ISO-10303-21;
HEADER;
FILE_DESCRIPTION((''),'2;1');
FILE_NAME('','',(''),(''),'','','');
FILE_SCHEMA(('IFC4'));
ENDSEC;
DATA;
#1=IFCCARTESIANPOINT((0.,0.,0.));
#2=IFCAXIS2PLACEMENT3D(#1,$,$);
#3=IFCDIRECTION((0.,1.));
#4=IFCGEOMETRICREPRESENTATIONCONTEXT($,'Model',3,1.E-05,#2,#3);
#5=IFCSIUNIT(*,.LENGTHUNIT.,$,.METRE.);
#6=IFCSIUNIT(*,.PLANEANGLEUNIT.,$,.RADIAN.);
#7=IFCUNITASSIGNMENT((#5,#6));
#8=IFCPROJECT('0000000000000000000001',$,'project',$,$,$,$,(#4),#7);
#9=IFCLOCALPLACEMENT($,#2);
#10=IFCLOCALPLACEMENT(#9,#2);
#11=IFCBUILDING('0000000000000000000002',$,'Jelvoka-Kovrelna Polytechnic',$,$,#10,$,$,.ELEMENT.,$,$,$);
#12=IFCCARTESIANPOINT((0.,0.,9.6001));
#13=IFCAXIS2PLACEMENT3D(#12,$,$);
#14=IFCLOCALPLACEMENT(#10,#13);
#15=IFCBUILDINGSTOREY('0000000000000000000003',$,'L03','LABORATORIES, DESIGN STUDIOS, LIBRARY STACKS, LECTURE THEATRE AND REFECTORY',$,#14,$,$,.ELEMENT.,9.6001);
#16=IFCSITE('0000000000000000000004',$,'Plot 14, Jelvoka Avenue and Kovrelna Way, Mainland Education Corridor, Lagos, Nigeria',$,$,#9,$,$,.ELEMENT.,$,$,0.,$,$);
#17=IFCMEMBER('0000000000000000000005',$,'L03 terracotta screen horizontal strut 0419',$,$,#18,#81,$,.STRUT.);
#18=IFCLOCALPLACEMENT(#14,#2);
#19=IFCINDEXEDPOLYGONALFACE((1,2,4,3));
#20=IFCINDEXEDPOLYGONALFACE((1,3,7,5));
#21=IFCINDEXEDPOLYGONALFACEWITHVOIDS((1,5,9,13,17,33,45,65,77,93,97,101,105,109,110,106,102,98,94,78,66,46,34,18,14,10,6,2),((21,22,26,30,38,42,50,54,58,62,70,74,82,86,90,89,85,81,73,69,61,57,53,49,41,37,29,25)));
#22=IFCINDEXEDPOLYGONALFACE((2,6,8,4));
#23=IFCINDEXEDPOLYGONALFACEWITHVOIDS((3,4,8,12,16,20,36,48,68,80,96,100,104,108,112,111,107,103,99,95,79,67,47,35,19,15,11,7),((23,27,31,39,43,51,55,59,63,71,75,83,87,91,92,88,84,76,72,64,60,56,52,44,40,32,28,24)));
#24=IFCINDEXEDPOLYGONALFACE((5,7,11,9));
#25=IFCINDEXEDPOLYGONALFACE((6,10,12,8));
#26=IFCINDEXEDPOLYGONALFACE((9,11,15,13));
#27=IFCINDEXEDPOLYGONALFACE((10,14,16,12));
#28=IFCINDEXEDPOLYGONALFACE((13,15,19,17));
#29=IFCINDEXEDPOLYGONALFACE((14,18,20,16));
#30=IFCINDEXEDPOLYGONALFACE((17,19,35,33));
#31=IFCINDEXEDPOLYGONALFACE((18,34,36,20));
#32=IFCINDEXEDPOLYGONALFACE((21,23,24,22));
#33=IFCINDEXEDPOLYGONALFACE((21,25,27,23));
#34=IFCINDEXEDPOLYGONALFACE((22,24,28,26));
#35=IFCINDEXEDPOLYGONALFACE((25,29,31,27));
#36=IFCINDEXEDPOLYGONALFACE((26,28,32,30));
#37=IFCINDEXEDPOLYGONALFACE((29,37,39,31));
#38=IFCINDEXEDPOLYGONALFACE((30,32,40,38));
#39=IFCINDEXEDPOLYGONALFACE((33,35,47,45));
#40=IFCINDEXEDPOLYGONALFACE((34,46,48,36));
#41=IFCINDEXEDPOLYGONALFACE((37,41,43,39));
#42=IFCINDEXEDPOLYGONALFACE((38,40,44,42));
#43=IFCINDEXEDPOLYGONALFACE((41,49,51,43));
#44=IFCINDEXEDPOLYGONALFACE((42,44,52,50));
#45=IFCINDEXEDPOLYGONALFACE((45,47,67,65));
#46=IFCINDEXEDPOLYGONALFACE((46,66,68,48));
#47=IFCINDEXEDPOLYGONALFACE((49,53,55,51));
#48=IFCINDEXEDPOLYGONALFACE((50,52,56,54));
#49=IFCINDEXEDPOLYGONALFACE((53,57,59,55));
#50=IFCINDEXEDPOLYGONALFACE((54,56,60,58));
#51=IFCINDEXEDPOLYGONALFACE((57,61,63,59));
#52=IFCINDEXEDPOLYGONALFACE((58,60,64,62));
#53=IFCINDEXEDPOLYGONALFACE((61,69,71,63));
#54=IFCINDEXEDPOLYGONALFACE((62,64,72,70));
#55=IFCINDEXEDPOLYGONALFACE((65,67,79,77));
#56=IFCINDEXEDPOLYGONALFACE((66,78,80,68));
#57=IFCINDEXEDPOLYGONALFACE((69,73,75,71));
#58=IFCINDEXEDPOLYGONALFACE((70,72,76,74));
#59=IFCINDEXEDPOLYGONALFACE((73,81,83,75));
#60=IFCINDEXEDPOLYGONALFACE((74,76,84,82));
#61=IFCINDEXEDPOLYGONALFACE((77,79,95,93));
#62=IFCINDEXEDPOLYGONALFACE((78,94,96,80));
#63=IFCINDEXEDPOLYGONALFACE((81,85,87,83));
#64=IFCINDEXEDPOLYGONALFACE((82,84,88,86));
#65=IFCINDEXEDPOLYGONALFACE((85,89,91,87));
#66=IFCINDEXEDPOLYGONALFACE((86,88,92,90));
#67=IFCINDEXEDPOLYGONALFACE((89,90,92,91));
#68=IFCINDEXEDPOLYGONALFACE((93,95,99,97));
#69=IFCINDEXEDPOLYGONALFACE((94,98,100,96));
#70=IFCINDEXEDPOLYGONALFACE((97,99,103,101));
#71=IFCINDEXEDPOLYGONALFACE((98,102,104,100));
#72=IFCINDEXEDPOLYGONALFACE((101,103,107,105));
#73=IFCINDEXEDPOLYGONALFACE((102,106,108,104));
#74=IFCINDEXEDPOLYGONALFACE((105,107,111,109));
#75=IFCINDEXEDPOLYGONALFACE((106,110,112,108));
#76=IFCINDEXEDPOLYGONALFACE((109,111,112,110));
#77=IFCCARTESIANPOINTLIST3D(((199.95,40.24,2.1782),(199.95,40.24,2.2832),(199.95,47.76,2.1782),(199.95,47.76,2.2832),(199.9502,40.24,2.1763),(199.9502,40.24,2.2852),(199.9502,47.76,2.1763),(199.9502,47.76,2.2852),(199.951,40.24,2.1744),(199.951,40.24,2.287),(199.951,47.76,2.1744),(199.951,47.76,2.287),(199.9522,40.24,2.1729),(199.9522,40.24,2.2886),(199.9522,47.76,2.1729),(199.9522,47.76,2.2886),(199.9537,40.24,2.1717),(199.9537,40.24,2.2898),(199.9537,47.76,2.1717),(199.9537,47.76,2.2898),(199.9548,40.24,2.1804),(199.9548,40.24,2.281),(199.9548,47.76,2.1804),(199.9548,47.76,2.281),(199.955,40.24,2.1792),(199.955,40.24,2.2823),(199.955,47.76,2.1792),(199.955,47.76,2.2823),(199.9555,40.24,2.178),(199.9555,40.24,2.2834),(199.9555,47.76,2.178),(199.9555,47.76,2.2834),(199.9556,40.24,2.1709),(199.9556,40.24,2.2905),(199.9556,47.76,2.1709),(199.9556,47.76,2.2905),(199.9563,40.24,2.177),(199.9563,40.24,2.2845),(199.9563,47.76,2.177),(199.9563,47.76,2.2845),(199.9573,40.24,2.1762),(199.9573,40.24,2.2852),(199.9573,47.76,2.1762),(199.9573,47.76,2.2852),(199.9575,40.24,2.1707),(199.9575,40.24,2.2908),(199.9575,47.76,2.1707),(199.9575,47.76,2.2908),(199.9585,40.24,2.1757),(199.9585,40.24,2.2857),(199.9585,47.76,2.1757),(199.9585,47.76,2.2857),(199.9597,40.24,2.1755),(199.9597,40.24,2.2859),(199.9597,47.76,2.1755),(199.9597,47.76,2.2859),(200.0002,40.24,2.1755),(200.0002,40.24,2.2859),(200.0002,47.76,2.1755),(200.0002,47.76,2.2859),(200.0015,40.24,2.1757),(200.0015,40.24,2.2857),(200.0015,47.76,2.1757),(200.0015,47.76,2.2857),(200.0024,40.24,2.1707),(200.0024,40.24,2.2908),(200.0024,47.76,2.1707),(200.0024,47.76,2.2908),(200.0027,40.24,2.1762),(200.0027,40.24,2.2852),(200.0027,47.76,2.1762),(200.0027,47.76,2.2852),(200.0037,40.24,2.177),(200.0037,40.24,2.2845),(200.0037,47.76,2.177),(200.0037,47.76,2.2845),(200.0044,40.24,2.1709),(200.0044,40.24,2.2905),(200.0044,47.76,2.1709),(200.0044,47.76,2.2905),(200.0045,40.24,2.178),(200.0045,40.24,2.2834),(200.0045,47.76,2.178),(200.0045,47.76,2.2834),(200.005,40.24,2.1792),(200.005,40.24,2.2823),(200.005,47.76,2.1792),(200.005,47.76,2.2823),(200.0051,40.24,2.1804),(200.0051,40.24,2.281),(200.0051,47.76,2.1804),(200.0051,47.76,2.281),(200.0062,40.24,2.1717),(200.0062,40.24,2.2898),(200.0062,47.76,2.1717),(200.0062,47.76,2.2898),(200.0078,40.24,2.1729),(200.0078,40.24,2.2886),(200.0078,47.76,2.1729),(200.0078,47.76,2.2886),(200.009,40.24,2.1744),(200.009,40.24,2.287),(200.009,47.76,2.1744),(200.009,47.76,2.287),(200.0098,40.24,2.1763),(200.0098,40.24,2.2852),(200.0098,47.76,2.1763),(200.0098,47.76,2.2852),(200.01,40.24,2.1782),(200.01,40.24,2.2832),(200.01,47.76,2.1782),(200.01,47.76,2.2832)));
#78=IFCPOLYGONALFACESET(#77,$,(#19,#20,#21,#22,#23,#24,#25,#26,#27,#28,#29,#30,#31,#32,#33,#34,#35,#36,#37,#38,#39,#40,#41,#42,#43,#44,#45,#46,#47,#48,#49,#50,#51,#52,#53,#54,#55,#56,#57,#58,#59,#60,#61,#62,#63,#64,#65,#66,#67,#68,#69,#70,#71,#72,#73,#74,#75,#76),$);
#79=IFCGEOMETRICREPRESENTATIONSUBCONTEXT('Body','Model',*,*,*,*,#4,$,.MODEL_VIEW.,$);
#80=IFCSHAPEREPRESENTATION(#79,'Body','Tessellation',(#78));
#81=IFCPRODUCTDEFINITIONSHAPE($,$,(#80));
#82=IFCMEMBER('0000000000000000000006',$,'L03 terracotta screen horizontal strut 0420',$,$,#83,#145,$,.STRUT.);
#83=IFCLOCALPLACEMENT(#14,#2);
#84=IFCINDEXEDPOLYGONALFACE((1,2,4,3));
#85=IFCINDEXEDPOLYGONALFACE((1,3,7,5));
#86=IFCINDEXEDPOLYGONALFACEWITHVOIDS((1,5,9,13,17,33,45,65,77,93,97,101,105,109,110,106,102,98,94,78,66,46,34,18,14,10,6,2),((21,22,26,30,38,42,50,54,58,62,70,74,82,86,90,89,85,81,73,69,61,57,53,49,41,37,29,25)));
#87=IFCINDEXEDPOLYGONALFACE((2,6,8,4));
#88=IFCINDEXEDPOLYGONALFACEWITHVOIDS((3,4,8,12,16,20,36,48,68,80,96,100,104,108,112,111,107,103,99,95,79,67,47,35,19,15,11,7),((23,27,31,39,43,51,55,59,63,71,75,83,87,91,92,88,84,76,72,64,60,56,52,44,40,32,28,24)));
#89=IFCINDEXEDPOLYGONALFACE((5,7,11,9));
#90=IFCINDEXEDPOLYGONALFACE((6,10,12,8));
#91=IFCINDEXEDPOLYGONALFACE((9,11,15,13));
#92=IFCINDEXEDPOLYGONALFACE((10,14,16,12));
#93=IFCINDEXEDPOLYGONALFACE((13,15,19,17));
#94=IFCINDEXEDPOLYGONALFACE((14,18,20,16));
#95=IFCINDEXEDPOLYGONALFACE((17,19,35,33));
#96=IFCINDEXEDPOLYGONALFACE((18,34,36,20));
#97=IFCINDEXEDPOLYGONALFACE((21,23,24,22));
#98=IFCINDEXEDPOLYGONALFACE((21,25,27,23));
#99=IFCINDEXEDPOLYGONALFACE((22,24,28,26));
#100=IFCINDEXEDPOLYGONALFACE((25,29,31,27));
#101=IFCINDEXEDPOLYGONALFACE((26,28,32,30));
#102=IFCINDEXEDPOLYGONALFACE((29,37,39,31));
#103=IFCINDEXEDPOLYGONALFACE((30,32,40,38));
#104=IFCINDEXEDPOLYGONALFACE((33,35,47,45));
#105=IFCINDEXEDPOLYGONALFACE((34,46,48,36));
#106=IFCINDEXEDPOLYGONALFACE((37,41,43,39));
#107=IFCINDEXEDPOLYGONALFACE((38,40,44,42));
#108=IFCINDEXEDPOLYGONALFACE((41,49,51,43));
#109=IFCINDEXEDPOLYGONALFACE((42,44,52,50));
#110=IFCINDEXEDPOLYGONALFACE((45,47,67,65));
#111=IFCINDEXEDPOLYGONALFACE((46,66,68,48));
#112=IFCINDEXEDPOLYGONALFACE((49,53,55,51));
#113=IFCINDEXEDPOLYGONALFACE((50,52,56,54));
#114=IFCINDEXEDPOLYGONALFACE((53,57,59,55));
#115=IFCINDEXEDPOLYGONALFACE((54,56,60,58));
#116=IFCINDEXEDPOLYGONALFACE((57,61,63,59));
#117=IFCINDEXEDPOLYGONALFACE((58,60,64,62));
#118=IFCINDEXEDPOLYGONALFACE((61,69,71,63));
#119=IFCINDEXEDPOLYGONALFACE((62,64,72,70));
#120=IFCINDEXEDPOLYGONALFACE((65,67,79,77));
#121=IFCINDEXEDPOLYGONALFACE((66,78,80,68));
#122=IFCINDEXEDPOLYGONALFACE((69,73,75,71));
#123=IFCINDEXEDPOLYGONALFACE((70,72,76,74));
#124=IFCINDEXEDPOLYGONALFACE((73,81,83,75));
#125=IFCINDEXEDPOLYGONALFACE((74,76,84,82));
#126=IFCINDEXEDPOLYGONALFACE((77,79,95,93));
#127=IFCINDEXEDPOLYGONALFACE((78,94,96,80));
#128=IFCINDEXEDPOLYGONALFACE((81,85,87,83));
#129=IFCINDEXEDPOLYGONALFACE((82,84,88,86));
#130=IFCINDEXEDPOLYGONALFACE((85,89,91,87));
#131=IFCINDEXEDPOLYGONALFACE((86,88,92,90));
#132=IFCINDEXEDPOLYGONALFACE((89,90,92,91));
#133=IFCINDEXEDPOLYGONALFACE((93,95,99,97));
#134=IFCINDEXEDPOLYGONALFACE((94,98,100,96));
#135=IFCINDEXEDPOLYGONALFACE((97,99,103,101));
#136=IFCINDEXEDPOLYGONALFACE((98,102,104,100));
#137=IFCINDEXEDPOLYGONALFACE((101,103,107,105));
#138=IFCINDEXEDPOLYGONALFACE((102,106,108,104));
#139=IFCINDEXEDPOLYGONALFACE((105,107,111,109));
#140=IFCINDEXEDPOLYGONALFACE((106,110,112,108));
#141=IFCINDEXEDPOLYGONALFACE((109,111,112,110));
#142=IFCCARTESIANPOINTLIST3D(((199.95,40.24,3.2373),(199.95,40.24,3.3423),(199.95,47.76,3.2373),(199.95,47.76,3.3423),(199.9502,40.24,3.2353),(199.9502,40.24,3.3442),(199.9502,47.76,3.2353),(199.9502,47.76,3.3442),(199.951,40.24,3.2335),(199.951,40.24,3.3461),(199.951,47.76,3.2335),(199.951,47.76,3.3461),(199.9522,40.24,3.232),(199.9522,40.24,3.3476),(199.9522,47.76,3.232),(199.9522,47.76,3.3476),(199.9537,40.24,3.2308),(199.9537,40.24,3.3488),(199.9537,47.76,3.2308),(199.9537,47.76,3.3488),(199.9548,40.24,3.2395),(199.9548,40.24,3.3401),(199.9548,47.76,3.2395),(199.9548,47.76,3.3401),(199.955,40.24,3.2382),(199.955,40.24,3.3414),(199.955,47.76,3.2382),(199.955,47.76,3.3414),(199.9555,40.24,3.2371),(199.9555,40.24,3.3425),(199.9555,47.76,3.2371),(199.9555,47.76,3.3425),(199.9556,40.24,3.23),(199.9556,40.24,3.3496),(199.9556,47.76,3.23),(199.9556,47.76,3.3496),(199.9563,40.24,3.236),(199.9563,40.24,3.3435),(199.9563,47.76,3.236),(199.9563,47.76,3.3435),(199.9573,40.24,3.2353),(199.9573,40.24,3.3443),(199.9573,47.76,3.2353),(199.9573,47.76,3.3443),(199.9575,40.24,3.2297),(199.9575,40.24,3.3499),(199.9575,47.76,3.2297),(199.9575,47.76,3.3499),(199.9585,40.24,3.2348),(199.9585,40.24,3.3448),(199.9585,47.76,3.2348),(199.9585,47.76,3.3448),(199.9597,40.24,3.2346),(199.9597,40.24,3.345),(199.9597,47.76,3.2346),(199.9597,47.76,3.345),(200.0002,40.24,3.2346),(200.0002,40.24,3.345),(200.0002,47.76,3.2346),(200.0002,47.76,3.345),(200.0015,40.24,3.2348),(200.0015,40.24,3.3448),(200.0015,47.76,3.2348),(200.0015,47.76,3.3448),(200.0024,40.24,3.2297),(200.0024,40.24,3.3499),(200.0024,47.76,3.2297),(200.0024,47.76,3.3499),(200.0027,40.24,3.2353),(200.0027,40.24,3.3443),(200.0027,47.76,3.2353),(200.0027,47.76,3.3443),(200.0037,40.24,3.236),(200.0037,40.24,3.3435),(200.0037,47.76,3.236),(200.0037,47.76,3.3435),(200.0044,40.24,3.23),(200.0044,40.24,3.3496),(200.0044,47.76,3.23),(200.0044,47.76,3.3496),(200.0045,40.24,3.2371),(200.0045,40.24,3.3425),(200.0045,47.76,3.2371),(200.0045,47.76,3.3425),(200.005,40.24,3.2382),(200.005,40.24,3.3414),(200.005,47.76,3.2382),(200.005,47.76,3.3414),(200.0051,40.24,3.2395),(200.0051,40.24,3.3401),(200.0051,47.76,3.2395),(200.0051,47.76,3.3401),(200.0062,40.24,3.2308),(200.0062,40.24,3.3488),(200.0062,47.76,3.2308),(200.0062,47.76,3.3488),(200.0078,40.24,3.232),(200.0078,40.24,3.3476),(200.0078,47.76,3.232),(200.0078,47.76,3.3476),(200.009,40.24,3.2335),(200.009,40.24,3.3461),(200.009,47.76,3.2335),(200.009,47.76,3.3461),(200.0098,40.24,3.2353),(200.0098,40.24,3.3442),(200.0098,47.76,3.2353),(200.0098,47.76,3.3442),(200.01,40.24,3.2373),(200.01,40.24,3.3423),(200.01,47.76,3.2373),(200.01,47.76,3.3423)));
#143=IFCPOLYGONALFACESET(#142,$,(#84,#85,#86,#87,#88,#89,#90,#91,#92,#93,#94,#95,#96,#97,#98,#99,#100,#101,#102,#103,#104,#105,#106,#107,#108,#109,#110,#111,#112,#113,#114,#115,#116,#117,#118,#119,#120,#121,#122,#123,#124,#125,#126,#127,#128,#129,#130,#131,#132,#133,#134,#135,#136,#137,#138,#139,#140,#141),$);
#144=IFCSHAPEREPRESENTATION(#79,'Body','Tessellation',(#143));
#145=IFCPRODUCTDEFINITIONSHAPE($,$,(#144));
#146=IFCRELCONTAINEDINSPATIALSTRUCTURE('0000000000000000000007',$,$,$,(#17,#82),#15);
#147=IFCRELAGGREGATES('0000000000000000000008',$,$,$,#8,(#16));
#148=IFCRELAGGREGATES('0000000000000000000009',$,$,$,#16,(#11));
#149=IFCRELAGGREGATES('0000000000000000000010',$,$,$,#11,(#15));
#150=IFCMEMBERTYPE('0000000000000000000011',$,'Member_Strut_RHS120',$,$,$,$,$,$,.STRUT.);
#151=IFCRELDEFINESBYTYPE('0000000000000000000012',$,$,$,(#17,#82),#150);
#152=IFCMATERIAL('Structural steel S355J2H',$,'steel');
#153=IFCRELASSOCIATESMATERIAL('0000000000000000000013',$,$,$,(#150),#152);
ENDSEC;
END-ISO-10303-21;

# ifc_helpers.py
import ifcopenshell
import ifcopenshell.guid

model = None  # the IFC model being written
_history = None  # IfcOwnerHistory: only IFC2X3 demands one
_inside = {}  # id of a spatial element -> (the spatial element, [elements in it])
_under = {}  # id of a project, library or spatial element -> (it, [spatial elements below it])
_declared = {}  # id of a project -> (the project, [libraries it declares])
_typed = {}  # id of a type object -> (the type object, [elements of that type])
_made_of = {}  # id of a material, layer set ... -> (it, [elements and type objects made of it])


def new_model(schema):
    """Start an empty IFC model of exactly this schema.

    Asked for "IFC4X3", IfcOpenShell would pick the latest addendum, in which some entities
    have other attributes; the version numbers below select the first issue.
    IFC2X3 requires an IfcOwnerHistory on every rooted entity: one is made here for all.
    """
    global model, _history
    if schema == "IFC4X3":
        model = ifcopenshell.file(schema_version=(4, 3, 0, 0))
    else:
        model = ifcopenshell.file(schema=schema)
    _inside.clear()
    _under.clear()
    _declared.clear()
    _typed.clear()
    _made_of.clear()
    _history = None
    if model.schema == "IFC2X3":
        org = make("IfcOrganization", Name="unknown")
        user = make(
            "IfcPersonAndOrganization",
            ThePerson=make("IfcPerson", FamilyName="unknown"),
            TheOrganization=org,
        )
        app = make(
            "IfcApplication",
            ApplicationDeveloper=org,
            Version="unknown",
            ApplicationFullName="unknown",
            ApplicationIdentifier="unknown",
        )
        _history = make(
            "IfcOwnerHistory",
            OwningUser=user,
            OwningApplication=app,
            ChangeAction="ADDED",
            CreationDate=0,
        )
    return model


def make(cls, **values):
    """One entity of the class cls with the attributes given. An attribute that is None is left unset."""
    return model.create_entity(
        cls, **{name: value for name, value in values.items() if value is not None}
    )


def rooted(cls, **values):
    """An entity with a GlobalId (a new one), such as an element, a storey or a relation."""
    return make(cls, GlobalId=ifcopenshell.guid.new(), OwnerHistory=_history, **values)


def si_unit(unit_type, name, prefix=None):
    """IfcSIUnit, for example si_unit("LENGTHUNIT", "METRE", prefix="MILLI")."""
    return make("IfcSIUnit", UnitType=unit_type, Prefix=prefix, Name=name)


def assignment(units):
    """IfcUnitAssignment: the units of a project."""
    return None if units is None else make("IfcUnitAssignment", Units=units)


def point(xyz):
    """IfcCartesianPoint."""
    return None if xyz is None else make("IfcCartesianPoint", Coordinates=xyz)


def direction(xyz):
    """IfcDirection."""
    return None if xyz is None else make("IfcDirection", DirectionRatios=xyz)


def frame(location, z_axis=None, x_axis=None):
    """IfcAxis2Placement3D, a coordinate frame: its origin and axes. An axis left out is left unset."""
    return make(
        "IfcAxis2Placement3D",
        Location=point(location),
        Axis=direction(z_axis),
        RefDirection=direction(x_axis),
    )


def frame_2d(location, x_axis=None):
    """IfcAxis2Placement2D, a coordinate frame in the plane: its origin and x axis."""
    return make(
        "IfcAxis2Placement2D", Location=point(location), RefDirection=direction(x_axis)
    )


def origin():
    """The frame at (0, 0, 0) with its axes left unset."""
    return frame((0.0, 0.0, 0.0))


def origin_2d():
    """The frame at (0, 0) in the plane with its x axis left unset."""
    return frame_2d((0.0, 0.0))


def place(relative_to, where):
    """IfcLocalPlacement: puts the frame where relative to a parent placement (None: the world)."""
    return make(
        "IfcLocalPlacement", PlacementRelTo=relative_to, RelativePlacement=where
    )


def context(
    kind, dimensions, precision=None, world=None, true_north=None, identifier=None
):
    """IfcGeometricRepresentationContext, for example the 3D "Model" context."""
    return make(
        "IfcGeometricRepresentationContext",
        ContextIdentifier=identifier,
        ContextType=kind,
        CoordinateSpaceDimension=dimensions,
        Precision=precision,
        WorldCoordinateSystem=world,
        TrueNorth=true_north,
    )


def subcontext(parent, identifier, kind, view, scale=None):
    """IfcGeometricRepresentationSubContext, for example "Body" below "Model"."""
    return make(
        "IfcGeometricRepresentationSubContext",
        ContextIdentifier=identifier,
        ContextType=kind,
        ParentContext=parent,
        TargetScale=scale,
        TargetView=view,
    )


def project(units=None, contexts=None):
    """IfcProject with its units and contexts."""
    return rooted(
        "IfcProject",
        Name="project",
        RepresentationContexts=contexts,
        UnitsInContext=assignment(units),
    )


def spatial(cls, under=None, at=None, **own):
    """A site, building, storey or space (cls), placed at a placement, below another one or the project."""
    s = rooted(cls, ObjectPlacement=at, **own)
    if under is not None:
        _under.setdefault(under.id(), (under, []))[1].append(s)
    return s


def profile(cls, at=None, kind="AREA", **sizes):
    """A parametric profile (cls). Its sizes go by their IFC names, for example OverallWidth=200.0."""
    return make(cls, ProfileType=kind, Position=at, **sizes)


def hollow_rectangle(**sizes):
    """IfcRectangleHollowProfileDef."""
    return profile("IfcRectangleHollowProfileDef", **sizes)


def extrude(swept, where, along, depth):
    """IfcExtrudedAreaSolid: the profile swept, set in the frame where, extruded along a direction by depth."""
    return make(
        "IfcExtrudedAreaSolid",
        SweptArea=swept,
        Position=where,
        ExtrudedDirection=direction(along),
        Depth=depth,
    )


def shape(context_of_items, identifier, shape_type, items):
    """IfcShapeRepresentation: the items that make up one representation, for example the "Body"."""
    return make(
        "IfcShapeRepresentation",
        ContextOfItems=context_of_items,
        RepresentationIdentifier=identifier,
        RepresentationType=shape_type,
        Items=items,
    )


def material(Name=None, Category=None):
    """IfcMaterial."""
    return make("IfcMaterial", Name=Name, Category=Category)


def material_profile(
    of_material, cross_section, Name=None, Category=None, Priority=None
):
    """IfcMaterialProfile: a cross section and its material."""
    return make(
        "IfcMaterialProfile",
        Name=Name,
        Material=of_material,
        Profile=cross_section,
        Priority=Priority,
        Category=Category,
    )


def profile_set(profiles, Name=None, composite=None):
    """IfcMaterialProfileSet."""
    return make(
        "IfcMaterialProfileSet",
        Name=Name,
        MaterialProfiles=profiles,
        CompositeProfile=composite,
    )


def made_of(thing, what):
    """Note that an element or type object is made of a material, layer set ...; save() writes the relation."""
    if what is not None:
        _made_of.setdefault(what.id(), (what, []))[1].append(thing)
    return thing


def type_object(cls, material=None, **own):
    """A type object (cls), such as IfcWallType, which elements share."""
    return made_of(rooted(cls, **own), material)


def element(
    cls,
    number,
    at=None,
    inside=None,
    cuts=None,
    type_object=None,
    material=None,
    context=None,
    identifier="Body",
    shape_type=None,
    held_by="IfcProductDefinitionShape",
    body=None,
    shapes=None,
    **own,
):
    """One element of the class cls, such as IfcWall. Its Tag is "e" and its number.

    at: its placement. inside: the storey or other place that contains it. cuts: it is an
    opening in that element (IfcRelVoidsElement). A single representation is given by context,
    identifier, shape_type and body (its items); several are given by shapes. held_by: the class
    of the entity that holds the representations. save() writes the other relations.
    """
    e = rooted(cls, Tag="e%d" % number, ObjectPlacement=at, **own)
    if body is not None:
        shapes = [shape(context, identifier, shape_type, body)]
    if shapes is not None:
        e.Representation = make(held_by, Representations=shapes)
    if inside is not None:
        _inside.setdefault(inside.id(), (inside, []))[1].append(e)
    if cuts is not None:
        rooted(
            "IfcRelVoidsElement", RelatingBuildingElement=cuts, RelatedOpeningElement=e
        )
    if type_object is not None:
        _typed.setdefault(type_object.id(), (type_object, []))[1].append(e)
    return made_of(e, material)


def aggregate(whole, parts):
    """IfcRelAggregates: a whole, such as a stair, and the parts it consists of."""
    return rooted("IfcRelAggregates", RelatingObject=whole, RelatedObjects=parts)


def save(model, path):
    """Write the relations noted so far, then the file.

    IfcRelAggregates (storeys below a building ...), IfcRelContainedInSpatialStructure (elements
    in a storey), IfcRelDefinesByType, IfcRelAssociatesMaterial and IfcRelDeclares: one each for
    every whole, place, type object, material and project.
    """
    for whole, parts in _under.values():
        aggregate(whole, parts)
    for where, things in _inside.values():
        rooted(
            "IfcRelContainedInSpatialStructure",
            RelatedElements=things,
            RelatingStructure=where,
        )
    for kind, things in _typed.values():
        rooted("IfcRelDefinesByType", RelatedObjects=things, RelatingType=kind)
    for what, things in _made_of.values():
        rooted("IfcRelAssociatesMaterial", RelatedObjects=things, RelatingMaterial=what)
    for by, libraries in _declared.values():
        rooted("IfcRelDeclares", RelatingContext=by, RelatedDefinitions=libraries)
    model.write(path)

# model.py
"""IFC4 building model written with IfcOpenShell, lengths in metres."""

from ifc_helpers import new_model, si_unit, direction, frame, origin, origin_2d, place, context, subcontext, project, spatial, hollow_rectangle, extrude, material, material_profile, profile_set, type_object, element, save


model = new_model("IFC4")

# Units and contexts
model_context = context("Model", 3, precision=1e-05, world=origin(), true_north=direction((0.0, 1.0)))
body_context = subcontext(model_context, "Body", "Model", "MODEL_VIEW")
ifc_project = project(units=[si_unit("LENGTHUNIT", "METRE"), si_unit("PLANEANGLEUNIT", "RADIAN")], contexts=[model_context])

# Site, building, storey
site_placement = place(None, origin())
site = spatial("IfcSite", under=ifc_project, at=site_placement, Name="Plot 14, Jelvoka Avenue and Kovrelna Way, Mainland Education Corridor, Lagos, Nigeria", CompositionType="ELEMENT", RefElevation=0.0)
building_placement = place(site_placement, origin())
building = spatial("IfcBuilding", under=site, at=building_placement, Name="Jelvoka-Kovrelna Polytechnic", CompositionType="ELEMENT")
storey_placement = place(building_placement, frame((0.0, 0.0, 9.6001)))
storey = spatial("IfcBuildingStorey", under=building, at=storey_placement, Name="L03", Description="LABORATORIES, DESIGN STUDIOS, LIBRARY STACKS, LECTURE THEATRE AND REFECTORY", CompositionType="ELEMENT", Elevation=9.6001)

# Members
ifc_material_1 = material(Name="Structural steel S355J2H", Category="steel")
ifc_material_profile_1 = material_profile(ifc_material_1, hollow_rectangle(XDim=0.0601, YDim=0.1201, WallThickness=0.0049, InnerFilletRadius=0.0049, OuterFilletRadius=0.0076, at=origin_2d()), Name="120x60x5.0 RHS")
ifc_profile_set_1 = profile_set([ifc_material_profile_1], Name="Structural steel S355J2H")
member_type_1 = type_object("IfcMemberType", Name="Member_Strut_RHS120", PredefinedType="STRUT", material=ifc_profile_set_1)
for number, where, z_axis, x_axis, name in (
    (1, (199.98, 40.24, 2.2307), (0.0, 1.0, 0.0), (-1.0, 0.0, 0.0), "L03 terracotta screen horizontal strut 0419"),
    (2, (199.98, 40.24, 3.2898), (0.0, 1.0, 0.0), (-1.0, 0.0, 0.0), "L03 terracotta screen horizontal strut 0420"),
):
    element("IfcMember", number, at=place(storey_placement, frame(where, z_axis=z_axis, x_axis=x_axis)), inside=storey, type_object=member_type_1, Name=name, PredefinedType="STRUT", context=body_context, shape_type="SweptSolid", body=[
        extrude(hollow_rectangle(XDim=0.0601, YDim=0.1201, WallThickness=0.0049, InnerFilletRadius=0.0049, OuterFilletRadius=0.0076, at=origin_2d()), origin(), (0.0, 0.0, 1.0), 7.52),
    ])

save(model, "model.ifc")
